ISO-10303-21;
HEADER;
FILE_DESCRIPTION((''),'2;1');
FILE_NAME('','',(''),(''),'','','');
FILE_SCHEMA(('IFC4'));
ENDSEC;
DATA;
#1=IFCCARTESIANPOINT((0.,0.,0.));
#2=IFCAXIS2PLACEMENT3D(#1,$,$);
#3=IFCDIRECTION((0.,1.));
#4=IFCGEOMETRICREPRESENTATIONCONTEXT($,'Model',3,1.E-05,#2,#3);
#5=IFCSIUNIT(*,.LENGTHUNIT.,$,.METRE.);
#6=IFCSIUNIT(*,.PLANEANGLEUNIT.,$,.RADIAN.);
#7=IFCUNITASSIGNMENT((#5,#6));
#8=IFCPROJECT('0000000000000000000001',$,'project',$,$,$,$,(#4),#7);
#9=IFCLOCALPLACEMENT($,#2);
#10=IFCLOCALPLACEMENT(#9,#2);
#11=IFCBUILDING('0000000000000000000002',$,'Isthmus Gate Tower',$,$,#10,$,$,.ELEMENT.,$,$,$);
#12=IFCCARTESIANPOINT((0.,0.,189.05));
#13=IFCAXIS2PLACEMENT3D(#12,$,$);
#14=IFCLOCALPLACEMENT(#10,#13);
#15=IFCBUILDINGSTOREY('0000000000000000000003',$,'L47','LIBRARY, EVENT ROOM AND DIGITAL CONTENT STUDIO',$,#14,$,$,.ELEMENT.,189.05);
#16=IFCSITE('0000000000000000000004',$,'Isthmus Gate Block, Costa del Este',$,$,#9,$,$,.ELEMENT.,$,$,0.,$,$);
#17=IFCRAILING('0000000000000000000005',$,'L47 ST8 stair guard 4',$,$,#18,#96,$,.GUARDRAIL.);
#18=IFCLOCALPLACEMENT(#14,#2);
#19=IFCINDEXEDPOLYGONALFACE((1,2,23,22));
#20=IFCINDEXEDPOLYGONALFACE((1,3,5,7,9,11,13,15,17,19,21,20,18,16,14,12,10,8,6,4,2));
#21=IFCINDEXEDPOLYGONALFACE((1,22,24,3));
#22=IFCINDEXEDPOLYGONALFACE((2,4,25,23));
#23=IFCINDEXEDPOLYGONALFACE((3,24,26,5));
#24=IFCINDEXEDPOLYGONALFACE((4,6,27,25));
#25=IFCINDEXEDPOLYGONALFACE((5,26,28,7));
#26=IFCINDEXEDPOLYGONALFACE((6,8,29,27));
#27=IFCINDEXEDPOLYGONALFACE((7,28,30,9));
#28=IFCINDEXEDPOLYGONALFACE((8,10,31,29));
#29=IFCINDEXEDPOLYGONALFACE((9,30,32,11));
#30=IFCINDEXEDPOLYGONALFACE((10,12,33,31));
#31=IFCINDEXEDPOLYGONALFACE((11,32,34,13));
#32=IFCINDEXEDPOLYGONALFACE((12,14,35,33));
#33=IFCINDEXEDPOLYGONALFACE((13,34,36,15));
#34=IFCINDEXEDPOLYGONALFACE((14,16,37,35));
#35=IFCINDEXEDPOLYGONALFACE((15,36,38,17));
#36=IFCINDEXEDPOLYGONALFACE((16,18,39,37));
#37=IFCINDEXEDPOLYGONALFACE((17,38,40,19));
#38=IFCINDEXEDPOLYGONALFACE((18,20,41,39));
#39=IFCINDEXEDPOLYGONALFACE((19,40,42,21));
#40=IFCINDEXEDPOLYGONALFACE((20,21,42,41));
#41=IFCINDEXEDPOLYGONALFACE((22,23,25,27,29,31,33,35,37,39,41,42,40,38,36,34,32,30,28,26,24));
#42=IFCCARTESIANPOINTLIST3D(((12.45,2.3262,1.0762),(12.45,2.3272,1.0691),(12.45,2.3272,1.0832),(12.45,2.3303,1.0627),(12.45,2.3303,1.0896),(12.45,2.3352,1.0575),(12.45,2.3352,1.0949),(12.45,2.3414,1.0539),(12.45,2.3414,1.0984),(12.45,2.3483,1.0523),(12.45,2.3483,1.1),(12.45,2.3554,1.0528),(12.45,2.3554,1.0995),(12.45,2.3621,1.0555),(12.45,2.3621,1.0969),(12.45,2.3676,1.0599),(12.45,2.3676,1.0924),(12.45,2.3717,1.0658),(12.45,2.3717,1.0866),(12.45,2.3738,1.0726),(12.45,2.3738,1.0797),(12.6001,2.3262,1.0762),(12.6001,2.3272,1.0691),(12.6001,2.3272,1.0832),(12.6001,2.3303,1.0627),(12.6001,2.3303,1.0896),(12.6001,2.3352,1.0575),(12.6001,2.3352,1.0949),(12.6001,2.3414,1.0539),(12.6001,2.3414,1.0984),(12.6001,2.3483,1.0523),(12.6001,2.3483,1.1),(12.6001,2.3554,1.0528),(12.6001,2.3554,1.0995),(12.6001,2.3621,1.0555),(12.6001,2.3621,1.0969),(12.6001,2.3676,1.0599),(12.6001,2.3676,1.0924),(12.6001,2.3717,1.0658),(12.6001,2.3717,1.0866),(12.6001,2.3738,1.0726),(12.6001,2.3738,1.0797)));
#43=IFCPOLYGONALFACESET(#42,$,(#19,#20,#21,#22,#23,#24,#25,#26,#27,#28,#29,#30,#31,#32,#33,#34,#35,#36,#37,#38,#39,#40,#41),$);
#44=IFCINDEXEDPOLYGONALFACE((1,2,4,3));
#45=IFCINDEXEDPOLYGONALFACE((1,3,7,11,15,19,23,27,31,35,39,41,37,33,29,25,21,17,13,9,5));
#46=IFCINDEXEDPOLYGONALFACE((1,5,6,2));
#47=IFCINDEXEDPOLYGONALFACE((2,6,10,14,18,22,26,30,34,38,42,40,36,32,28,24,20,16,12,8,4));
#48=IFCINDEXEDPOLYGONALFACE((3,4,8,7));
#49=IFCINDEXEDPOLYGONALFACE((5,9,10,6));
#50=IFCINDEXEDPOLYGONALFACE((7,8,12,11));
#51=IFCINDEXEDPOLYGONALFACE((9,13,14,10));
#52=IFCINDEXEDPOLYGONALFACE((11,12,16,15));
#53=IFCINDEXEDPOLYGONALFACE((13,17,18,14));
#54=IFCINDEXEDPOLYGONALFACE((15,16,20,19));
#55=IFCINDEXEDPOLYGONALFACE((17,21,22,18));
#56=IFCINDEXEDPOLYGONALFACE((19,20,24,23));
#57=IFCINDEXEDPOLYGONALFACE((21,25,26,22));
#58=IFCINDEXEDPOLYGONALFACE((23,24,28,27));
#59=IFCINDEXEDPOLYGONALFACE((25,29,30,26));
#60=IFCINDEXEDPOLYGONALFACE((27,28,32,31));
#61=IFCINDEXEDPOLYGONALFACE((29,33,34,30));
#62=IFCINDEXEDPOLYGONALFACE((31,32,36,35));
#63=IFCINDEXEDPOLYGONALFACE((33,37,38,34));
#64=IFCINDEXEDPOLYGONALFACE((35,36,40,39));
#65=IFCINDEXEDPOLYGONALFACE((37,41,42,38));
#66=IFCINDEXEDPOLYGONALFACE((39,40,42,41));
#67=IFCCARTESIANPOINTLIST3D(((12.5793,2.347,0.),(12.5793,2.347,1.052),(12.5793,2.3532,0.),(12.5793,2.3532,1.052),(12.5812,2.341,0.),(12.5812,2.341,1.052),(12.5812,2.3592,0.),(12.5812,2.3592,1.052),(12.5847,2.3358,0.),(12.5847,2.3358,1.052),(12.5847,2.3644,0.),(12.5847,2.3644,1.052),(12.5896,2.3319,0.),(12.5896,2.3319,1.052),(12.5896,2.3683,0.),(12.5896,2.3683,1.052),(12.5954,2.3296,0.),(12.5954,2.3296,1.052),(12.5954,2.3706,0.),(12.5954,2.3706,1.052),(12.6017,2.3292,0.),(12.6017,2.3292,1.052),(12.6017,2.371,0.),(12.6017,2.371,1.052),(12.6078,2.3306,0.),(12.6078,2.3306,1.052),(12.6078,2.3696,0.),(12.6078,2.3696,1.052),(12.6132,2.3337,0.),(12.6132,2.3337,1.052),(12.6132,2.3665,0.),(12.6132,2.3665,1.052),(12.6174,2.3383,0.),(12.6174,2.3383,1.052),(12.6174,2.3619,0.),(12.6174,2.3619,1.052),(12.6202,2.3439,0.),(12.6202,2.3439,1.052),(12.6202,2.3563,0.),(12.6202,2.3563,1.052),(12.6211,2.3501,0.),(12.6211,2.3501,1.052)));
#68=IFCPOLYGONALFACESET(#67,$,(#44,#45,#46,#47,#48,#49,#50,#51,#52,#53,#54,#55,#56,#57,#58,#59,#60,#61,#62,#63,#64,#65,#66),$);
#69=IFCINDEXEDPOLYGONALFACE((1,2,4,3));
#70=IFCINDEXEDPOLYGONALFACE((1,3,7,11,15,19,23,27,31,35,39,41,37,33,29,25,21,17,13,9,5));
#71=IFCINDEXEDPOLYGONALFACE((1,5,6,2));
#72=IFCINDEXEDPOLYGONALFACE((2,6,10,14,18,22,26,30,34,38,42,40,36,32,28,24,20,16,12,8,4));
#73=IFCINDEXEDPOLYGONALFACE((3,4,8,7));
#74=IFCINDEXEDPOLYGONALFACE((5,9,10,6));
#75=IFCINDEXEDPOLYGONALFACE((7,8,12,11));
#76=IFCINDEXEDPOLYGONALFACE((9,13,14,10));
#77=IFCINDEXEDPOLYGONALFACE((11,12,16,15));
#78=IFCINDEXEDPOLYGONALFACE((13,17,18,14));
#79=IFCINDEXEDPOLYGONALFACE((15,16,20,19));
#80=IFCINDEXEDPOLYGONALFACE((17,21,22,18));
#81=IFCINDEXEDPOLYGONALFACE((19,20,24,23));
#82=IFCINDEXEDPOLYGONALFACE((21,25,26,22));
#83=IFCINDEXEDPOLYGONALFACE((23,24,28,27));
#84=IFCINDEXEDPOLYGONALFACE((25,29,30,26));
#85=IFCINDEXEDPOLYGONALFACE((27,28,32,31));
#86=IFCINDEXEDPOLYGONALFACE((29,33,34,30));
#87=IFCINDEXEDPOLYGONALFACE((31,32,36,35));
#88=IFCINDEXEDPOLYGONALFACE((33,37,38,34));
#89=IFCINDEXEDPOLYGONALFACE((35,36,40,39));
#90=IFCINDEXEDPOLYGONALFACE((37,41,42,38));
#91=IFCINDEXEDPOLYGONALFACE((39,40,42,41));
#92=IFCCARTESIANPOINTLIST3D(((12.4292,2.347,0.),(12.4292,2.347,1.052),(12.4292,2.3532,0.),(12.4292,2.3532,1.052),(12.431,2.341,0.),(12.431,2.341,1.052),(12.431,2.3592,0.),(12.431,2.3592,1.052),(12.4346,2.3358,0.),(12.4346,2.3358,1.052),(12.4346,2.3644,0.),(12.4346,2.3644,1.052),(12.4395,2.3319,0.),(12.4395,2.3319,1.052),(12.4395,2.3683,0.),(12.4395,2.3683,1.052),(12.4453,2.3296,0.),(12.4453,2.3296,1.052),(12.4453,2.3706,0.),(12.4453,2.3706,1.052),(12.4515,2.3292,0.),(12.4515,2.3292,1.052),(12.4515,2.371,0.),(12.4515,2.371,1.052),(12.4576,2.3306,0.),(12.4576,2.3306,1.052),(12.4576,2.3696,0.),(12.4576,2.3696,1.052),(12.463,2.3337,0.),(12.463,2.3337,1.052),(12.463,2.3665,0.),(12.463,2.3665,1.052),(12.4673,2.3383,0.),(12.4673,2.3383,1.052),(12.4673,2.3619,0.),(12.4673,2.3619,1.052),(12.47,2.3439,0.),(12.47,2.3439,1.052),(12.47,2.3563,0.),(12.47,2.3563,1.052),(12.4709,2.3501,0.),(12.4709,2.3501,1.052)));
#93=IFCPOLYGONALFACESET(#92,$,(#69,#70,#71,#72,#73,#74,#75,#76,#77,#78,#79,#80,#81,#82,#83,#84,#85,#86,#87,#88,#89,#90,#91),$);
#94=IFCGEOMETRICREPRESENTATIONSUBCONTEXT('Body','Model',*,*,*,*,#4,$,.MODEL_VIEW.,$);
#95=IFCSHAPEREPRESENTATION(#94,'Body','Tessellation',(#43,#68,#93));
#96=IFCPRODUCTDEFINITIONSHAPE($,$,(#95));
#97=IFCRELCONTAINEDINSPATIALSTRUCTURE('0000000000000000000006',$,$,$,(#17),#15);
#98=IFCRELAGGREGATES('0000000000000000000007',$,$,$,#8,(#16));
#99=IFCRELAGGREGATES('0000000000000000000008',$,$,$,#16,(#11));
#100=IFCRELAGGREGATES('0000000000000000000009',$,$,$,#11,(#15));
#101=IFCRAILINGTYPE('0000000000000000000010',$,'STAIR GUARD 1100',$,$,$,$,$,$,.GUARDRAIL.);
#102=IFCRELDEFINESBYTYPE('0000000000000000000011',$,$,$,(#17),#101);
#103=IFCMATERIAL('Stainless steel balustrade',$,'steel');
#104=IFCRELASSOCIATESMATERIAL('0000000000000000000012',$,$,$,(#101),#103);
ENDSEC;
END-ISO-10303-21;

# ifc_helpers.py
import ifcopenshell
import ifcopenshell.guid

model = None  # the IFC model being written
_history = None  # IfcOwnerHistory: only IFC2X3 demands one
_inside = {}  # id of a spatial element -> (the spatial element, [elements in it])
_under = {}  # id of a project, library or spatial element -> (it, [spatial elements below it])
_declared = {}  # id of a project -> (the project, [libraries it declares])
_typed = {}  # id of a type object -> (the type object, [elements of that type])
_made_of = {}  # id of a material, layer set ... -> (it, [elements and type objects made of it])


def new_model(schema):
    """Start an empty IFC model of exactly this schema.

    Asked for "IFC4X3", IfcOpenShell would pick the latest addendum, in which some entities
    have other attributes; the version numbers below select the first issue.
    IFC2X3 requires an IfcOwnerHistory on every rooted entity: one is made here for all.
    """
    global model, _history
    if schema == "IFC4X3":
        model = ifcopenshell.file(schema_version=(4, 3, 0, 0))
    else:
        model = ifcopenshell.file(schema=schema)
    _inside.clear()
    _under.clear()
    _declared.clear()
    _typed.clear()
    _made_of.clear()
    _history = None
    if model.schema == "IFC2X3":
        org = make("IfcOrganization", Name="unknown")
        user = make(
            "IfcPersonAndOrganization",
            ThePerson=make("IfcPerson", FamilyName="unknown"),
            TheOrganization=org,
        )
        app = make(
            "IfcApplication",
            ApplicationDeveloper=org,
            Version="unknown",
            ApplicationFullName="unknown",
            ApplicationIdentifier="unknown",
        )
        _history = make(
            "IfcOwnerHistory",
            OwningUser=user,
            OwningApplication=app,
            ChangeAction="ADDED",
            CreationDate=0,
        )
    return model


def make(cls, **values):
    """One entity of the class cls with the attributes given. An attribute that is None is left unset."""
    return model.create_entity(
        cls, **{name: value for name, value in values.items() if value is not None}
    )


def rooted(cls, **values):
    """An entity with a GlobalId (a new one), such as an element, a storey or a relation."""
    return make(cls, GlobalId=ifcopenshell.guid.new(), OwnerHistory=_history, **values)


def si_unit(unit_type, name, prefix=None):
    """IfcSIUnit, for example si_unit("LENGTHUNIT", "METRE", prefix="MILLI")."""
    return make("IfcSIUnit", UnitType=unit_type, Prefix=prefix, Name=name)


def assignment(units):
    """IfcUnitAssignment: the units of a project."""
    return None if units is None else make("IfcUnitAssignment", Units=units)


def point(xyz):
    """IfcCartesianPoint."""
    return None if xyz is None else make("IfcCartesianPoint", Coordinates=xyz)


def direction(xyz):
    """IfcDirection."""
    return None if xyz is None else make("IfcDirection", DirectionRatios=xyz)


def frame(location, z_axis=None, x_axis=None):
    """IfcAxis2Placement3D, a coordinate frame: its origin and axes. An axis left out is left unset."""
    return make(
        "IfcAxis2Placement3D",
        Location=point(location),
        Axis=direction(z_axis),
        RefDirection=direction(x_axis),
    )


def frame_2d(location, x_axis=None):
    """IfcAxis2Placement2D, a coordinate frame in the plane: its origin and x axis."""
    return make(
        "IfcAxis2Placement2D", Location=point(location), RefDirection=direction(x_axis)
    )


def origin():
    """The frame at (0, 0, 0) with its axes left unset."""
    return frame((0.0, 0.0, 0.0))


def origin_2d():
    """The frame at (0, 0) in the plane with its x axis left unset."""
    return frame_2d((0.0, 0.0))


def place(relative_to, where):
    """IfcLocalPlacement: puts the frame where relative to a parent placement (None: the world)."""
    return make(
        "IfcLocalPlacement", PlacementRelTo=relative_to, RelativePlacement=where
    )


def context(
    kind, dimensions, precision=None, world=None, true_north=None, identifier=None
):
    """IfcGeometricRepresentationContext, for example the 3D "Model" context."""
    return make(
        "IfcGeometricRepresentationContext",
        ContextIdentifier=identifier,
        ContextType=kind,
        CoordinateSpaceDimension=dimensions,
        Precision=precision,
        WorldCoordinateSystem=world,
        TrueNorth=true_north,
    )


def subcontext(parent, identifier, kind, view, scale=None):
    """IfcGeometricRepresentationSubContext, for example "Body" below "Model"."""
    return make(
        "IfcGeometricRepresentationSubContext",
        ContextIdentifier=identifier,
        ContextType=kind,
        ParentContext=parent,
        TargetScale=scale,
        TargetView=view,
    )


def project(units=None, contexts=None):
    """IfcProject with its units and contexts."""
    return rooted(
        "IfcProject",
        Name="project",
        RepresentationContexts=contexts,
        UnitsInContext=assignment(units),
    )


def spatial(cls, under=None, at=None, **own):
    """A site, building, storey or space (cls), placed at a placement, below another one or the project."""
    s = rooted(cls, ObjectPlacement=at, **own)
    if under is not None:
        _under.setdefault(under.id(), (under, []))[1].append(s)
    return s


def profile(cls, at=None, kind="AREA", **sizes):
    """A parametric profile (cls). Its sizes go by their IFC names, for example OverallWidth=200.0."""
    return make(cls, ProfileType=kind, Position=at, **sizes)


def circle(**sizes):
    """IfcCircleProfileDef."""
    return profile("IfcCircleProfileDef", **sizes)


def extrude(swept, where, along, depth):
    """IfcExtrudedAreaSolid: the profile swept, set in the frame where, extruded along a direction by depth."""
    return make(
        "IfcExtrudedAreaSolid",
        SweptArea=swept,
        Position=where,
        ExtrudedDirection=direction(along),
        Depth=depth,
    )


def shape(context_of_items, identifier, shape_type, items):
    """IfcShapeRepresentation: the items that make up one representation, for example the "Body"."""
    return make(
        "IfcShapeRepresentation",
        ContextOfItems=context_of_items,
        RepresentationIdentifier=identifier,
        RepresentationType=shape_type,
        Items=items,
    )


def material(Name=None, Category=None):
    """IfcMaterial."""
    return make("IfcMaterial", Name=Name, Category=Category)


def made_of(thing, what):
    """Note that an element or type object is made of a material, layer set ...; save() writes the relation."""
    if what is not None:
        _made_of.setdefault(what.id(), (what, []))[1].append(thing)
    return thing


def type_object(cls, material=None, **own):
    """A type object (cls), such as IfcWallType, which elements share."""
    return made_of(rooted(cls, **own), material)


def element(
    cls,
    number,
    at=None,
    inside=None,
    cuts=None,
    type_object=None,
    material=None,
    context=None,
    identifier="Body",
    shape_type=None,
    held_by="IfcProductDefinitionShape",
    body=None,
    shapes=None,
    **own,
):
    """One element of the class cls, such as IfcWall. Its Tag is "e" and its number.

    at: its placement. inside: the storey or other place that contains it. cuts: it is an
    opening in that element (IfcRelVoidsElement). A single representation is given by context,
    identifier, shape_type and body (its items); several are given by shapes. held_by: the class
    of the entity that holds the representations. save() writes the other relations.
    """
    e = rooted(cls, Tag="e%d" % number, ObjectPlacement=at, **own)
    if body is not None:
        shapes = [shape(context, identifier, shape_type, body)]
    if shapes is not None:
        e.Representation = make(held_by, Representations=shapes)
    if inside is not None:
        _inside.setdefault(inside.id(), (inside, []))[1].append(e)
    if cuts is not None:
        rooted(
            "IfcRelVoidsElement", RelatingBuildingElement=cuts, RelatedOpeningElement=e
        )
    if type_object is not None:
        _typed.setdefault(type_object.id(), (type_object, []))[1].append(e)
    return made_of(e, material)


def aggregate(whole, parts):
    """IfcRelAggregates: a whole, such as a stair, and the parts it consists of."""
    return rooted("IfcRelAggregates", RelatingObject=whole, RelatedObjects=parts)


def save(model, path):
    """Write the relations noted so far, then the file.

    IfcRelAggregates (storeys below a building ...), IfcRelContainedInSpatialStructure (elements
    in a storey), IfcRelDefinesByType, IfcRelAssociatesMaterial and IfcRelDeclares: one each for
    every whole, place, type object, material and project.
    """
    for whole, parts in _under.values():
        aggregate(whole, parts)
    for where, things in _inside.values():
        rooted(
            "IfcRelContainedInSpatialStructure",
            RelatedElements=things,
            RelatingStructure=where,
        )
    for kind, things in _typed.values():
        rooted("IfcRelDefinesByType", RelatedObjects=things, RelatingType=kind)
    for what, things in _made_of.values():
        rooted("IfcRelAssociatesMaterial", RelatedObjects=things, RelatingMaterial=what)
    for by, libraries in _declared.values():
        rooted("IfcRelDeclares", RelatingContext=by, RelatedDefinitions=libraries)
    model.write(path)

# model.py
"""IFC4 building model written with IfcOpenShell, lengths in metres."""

from ifc_helpers import new_model, si_unit, direction, frame, origin, origin_2d, place, context, subcontext, project, spatial, circle, extrude, material, type_object, element, save


model = new_model("IFC4")

# Units and contexts
model_context = context("Model", 3, precision=1e-05, world=origin(), true_north=direction((0.0, 1.0)))
body_context = subcontext(model_context, "Body", "Model", "MODEL_VIEW")
ifc_project = project(units=[si_unit("LENGTHUNIT", "METRE"), si_unit("PLANEANGLEUNIT", "RADIAN")], contexts=[model_context])

# Site, building, storey
site_placement = place(None, origin())
site = spatial("IfcSite", under=ifc_project, at=site_placement, Name="Isthmus Gate Block, Costa del Este", CompositionType="ELEMENT", RefElevation=0.0)
building_placement = place(site_placement, origin())
building = spatial("IfcBuilding", under=site, at=building_placement, Name="Isthmus Gate Tower", CompositionType="ELEMENT")
storey_placement = place(building_placement, frame((0.0, 0.0, 189.05)))
storey = spatial("IfcBuildingStorey", under=building, at=storey_placement, Name="L47", Description="LIBRARY, EVENT ROOM AND DIGITAL CONTENT STUDIO", CompositionType="ELEMENT", Elevation=189.05)

# Railing
ifc_material_1 = material(Name="Stainless steel balustrade", Category="steel")
railing_type_1 = type_object("IfcRailingType", Name="STAIR GUARD 1100", PredefinedType="GUARDRAIL", material=ifc_material_1)
railing_1_placement = place(storey_placement, frame((12.6001, 2.3501, 0.0)))
element("IfcRailing", 1, at=railing_1_placement, inside=storey, type_object=railing_type_1, Name="L47 ST8 stair guard 4", PredefinedType="GUARDRAIL", context=body_context, shape_type="SweptSolid", body=[
    extrude(circle(Radius=0.0239, at=origin_2d()), frame((0.0, 0.0, 1.0762), z_axis=(-1.0, 0.0, 0.0), x_axis=(0.0, -1.0, 0.0)), (0.0, 0.0, 1.0), 0.1501),
    extrude(circle(Radius=0.021, at=origin_2d()), origin(), (0.0, 0.0, 1.0), 1.052),
    extrude(circle(Radius=0.021, at=origin_2d()), frame((-0.1501, 0.0, 0.0)), (0.0, 0.0, 1.0), 1.052),
])

save(model, "model.ifc")
